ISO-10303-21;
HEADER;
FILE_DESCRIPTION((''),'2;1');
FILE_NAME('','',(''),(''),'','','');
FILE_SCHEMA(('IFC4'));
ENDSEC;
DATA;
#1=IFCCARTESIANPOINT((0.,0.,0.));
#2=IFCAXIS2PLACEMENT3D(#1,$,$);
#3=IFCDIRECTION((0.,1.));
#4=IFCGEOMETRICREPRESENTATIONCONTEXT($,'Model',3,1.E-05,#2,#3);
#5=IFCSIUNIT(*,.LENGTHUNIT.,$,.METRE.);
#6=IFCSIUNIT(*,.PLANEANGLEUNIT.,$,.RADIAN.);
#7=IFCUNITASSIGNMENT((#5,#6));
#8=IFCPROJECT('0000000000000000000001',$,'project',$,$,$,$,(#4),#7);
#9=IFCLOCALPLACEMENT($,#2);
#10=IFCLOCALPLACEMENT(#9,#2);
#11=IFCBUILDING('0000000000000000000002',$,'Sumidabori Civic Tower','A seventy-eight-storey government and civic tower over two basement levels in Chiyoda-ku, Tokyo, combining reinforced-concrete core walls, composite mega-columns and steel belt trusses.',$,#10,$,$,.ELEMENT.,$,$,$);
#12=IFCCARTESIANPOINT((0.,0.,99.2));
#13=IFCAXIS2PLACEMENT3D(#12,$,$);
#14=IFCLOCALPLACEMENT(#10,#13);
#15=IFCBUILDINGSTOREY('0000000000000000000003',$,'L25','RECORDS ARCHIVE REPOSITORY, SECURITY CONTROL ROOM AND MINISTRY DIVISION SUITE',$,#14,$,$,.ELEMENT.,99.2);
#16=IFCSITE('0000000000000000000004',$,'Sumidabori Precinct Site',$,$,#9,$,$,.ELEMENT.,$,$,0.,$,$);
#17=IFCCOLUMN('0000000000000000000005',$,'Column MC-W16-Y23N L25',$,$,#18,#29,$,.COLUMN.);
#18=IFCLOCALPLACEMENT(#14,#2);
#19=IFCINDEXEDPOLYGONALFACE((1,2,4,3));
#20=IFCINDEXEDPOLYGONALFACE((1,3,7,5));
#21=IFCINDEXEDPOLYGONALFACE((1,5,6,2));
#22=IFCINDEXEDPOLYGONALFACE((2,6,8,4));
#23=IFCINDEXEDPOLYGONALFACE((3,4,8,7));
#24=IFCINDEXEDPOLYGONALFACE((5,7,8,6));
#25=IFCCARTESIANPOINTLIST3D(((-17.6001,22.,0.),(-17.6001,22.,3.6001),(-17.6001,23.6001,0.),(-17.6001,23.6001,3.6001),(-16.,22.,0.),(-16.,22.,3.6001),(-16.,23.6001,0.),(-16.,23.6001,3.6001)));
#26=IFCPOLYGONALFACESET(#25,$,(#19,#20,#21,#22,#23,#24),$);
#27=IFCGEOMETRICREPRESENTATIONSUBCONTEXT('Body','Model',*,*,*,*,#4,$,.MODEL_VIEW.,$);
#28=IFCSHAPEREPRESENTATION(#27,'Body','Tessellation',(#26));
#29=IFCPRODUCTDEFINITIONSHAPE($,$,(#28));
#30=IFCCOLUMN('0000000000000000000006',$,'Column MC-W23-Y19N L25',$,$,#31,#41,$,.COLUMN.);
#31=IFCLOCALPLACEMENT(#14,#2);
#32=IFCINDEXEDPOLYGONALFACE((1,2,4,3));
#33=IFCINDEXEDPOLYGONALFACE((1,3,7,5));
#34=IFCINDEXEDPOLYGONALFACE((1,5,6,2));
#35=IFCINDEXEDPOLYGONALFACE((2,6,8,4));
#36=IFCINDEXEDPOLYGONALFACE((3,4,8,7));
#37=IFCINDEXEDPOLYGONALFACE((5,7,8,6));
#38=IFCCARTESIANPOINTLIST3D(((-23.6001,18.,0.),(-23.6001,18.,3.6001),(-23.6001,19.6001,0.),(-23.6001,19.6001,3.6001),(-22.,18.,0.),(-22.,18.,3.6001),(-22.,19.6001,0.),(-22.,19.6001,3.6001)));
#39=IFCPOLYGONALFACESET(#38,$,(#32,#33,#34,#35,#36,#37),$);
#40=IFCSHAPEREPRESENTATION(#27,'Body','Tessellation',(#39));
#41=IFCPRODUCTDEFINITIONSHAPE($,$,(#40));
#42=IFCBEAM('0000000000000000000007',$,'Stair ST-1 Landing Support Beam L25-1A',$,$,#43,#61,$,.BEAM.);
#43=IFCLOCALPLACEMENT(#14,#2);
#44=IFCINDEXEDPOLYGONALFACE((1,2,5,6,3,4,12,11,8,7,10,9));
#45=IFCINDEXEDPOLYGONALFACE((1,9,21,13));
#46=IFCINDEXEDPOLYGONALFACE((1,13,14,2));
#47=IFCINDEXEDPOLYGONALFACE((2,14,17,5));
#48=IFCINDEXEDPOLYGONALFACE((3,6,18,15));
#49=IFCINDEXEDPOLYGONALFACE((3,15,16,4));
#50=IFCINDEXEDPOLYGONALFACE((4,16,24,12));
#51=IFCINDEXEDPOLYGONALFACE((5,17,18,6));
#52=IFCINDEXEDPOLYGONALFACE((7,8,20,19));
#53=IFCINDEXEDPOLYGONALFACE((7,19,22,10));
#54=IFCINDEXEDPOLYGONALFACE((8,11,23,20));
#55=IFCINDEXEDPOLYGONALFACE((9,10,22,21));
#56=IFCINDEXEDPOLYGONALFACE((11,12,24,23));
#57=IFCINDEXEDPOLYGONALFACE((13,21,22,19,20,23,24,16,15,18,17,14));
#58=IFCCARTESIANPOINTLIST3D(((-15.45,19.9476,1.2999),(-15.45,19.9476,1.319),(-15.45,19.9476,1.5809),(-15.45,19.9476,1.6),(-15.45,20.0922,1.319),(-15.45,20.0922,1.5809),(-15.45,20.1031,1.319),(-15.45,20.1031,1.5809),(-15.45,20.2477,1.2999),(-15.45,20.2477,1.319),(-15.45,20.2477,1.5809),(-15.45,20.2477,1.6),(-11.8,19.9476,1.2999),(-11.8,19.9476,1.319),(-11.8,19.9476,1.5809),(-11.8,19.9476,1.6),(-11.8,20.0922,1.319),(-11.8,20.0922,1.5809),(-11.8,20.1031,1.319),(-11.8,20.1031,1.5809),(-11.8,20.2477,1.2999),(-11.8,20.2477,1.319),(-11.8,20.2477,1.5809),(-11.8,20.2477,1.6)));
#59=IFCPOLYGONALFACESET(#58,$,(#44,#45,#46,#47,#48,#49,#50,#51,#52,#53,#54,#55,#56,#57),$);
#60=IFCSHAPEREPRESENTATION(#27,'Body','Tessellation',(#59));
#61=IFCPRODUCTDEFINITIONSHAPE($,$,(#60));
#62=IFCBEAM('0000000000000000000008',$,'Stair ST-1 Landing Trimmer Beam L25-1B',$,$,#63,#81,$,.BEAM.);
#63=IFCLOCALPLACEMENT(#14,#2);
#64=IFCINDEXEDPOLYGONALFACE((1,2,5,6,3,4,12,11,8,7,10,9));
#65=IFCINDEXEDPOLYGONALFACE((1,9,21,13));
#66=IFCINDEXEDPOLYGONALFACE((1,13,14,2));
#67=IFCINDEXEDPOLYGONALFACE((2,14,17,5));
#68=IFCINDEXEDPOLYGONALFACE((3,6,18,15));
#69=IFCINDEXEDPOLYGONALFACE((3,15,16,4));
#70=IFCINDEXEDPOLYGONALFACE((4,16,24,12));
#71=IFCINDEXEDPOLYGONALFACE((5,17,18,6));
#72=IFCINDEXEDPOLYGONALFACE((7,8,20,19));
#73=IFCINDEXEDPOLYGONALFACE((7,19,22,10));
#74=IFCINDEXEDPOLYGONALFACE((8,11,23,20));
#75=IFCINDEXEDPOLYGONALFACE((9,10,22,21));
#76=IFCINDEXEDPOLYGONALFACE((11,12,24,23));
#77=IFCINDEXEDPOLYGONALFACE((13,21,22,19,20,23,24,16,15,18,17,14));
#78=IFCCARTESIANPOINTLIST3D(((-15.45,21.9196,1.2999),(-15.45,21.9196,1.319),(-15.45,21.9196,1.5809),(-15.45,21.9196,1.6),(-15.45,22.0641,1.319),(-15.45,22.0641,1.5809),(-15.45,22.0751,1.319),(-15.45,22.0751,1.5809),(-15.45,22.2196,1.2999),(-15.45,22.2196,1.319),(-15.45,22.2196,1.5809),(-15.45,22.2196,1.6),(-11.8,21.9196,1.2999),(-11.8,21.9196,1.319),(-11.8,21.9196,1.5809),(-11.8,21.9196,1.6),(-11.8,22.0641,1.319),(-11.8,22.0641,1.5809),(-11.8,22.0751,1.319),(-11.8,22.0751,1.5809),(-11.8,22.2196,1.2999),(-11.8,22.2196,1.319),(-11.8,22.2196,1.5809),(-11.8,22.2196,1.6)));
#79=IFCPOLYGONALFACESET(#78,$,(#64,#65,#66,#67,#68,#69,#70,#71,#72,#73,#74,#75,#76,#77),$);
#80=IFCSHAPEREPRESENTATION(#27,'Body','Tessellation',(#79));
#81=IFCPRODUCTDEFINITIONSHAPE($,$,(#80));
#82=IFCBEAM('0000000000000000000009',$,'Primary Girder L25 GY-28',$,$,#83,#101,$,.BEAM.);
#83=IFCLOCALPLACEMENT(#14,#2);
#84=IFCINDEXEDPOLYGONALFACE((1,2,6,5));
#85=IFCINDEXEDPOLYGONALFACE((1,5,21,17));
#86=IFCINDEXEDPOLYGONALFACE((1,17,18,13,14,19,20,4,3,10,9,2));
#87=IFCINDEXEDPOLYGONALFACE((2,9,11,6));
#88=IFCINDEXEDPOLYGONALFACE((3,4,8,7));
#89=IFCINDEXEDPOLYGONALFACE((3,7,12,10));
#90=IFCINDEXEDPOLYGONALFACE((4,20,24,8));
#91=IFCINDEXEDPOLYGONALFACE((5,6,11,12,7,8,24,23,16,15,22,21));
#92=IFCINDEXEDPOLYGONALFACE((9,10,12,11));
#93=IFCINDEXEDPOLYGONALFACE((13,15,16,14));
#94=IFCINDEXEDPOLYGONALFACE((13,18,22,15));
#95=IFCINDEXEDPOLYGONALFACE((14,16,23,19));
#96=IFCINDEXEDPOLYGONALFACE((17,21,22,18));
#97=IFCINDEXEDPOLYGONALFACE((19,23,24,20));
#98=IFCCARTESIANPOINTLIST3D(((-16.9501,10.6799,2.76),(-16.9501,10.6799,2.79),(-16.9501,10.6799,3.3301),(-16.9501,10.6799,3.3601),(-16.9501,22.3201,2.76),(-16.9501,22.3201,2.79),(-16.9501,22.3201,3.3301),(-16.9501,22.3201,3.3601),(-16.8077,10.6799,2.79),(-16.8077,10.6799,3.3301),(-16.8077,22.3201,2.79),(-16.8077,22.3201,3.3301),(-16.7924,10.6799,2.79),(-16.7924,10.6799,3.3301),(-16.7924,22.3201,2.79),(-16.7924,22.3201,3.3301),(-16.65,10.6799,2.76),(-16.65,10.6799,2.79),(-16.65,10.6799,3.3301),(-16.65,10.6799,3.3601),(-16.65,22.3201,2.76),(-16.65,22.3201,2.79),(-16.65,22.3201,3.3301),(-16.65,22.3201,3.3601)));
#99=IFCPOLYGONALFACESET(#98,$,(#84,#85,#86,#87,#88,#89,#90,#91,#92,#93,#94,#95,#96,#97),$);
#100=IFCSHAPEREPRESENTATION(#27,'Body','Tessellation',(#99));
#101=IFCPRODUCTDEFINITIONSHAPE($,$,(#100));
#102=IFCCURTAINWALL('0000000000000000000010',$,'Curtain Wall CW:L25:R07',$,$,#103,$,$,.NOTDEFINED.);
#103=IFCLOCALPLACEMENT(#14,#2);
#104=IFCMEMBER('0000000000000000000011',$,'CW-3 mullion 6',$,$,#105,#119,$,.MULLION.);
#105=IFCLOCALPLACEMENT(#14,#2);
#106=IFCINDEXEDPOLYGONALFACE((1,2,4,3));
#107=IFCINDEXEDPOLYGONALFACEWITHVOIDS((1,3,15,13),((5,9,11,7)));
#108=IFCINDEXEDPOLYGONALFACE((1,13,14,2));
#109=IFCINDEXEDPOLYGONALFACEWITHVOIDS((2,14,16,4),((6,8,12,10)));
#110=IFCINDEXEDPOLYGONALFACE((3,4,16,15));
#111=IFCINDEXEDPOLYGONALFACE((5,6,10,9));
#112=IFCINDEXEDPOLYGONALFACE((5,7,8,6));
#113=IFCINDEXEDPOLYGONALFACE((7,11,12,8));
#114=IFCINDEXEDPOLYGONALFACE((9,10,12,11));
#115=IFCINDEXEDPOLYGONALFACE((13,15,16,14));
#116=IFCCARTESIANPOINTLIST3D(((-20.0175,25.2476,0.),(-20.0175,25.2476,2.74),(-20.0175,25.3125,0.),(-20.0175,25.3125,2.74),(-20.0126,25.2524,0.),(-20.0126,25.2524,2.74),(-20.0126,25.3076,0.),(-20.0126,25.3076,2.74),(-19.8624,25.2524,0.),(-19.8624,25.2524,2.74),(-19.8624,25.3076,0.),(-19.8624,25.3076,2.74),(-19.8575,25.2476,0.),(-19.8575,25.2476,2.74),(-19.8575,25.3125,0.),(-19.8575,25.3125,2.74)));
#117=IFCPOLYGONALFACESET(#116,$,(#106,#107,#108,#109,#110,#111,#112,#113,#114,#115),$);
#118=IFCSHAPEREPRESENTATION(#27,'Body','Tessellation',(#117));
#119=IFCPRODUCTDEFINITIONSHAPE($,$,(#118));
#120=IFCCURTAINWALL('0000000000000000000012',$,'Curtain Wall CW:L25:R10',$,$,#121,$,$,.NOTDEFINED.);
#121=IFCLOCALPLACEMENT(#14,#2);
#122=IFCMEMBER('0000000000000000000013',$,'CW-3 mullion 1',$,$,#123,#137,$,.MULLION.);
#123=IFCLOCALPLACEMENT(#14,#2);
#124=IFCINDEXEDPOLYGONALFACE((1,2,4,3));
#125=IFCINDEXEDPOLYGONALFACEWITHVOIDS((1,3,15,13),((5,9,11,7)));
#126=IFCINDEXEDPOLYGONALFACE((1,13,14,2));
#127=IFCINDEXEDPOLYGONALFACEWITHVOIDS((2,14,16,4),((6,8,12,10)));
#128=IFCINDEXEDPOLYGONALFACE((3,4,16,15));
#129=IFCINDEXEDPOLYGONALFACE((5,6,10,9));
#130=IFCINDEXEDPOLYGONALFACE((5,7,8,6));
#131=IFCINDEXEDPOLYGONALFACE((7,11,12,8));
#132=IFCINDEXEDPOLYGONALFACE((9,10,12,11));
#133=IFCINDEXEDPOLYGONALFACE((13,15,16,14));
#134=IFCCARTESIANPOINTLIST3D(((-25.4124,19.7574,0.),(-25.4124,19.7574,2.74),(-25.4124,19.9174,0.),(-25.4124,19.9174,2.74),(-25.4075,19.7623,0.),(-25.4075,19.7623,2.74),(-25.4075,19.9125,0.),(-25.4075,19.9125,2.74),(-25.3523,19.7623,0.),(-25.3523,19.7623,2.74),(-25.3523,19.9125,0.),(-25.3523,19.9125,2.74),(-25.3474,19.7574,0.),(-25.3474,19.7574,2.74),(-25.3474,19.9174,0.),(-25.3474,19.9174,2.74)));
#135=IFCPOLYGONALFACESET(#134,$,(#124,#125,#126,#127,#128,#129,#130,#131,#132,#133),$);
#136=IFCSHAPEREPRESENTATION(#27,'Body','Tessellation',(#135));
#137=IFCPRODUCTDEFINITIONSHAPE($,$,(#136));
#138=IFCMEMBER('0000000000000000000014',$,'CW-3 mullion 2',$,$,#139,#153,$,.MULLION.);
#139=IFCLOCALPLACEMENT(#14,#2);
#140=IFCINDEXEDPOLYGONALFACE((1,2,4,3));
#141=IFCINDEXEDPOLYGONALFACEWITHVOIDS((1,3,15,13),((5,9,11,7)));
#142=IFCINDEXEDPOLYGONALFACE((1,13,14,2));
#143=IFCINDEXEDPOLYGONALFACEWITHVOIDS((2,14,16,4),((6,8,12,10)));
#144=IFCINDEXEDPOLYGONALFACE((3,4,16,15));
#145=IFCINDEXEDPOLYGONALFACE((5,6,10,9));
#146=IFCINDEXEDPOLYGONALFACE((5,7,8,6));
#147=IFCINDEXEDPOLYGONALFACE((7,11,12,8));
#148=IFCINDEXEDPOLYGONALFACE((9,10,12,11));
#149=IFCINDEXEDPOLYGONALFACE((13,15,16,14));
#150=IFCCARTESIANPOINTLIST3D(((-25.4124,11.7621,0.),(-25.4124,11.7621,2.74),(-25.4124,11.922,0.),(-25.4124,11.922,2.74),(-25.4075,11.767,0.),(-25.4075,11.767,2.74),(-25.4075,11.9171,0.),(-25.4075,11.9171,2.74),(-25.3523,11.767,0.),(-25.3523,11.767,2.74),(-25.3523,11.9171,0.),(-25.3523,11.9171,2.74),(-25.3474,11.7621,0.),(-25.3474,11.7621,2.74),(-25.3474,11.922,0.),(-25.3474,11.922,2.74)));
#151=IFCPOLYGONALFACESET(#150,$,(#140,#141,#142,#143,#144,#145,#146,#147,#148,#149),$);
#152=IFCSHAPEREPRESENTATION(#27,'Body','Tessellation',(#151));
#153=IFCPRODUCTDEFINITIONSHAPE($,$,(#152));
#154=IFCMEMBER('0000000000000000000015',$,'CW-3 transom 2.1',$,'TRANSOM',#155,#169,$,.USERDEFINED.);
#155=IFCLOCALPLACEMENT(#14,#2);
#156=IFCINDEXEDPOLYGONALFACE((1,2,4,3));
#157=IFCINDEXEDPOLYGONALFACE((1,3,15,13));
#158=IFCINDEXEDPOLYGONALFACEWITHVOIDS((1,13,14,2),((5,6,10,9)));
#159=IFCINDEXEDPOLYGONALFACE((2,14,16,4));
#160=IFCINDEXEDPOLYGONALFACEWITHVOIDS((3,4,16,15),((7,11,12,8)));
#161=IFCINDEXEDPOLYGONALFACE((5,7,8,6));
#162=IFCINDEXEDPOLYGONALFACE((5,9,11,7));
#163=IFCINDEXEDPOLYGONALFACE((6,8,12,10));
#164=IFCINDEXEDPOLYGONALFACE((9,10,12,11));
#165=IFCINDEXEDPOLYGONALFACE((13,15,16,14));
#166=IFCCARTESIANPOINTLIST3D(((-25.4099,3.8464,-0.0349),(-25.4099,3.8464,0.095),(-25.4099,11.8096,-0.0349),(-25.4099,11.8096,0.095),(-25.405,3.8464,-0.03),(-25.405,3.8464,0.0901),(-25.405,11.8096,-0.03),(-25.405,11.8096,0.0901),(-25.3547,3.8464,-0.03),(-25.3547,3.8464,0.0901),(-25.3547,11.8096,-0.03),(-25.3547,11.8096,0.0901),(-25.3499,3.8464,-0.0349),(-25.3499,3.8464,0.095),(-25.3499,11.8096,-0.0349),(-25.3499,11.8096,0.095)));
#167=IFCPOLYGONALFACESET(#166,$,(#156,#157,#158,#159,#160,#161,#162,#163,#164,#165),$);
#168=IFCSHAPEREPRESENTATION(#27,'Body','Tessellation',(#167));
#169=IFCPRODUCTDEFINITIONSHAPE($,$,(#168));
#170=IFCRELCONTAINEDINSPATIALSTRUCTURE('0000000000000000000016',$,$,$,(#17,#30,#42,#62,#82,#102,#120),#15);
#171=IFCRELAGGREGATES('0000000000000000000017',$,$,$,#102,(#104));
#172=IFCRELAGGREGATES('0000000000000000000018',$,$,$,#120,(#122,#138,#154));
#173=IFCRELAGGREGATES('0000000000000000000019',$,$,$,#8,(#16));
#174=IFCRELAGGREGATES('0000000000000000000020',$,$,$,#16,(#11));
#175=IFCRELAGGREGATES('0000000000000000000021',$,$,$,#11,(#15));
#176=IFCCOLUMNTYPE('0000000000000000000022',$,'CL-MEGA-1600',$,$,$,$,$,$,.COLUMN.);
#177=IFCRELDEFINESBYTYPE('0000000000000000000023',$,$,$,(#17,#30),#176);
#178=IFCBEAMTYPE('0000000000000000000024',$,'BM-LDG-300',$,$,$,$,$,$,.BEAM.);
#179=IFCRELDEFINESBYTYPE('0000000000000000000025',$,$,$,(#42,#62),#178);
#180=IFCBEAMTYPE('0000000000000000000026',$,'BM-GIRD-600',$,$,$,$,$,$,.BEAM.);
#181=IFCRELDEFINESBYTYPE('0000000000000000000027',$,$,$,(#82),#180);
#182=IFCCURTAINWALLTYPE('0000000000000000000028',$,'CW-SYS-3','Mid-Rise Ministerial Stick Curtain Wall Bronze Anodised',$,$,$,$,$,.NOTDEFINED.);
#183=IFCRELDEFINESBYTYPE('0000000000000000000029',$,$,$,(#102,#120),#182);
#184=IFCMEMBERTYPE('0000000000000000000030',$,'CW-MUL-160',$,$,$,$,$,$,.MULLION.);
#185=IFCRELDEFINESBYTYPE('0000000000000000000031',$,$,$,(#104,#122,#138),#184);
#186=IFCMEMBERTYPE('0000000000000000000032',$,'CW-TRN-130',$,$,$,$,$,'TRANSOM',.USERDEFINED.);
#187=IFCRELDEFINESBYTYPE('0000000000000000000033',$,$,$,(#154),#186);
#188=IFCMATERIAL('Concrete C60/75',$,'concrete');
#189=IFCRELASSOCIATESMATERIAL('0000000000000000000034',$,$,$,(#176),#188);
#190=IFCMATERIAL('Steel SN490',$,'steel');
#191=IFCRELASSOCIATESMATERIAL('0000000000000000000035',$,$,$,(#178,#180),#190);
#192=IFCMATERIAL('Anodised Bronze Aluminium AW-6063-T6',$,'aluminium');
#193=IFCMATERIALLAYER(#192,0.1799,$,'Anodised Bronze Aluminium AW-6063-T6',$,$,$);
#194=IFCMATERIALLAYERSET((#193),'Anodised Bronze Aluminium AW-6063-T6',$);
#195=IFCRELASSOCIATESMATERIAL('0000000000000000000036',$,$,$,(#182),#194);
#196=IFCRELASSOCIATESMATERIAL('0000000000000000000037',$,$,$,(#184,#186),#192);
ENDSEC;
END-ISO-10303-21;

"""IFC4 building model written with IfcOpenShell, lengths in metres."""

from ifc_helpers import new_model, si_unit, direction, frame, origin, origin_2d, place, context, subcontext, project, spatial, rectangle, hollow_rectangle, i_section, extrude, source, transform, mapped, material, layer, layer_set, material_profile, profile_set, type_object, element, aggregate, save


model = new_model("IFC4")

# Units and contexts
model_context = context("Model", 3, precision=1e-05, world=origin(), true_north=direction((0.0, 1.0)))
body_context = subcontext(model_context, "Body", "Model", "MODEL_VIEW")
ifc_project = project(units=[si_unit("LENGTHUNIT", "METRE"), si_unit("PLANEANGLEUNIT", "RADIAN")], contexts=[model_context])

# Site, building, storey
site_placement = place(None, origin())
site = spatial("IfcSite", under=ifc_project, at=site_placement, Name="Sumidabori Precinct Site", CompositionType="ELEMENT", RefElevation=0.0)
building_placement = place(site_placement, origin())
building = spatial("IfcBuilding", under=site, at=building_placement, Name="Sumidabori Civic Tower", Description="A seventy-eight-storey government and civic tower over two basement levels in Chiyoda-ku, Tokyo, combining reinforced-concrete core walls, composite mega-columns and steel belt trusses.", CompositionType="ELEMENT")
storey_placement = place(building_placement, frame((0.0, 0.0, 99.2)))
storey = spatial("IfcBuildingStorey", under=building, at=storey_placement, Name="L25", Description="RECORDS ARCHIVE REPOSITORY, SECURITY CONTROL ROOM AND MINISTRY DIVISION SUITE", CompositionType="ELEMENT", Elevation=99.2)

# Columns
ifc_material_1 = material(Name="Concrete C60/75", Category="concrete")
ifc_material_profile_1 = material_profile(ifc_material_1, rectangle(XDim=1.6001, YDim=1.6001, at=origin_2d()), Name="RC 1600x1600")
ifc_profile_set_1 = profile_set([ifc_material_profile_1], Name="Concrete C60/75")
column_type = type_object("IfcColumnType", Name="CL-MEGA-1600", PredefinedType="COLUMN", material=ifc_profile_set_1)
shared_shape_1 = source(origin(), body_context, "Body", "SweptSolid", [
    extrude(rectangle(XDim=1.6001, YDim=1.6001, at=origin_2d()), origin(), (0.0, 0.0, 1.0), 3.6001),
])
for number, where, z_axis, x_axis, name in (
    (1, (-16.8, 22.8, 0.0), (0.0, 0.0, 1.0), (1.0, 0.0, 0.0), "Column MC-W16-Y23N L25"),
    (2, (-22.8, 18.8, 0.0), (0.0, 0.0, 1.0), (1.0, 0.0, 0.0), "Column MC-W23-Y19N L25"),
):
    element("IfcColumn", number, at=place(storey_placement, frame(where, z_axis=z_axis, x_axis=x_axis)), inside=storey, type_object=column_type, Name=name, PredefinedType="COLUMN", context=body_context, shape_type="MappedRepresentation", body=[
        mapped(shared_shape_1, transform((0.0, 0.0, 0.0), x_axis=(1.0, 0.0, 0.0), y_axis=(0.0, 1.0, 0.0), z_axis=(0.0, 0.0, 1.0), scale=1.0)),
    ])

# Beams
ifc_material_2 = material(Name="Steel SN490", Category="steel")
ifc_material_profile_2 = material_profile(ifc_material_2, i_section(OverallWidth=0.3, OverallDepth=0.3, WebThickness=0.011, FlangeThickness=0.019, at=origin_2d()), Name="HE 300 B")
ifc_profile_set_2 = profile_set([ifc_material_profile_2], Name="Steel SN490")
beam_type_1 = type_object("IfcBeamType", Name="BM-LDG-300", PredefinedType="BEAM", material=ifc_profile_set_2)
shared_shape_2 = source(origin(), body_context, "Body", "SweptSolid", [
    extrude(i_section(OverallWidth=0.3, OverallDepth=0.3, WebThickness=0.011, FlangeThickness=0.019, at=origin_2d()), origin(), (0.0, 0.0, 1.0), 3.6499),
])
for number, where, z_axis, x_axis, name in (
    (3, (-15.45, 20.0977, 1.45), (1.0, 0.0, 0.0), (0.0, 1.0, 0.0), "Stair ST-1 Landing Support Beam L25-1A"),
    (4, (-15.45, 22.0696, 1.45), (1.0, 0.0, 0.0), (0.0, 1.0, 0.0), "Stair ST-1 Landing Trimmer Beam L25-1B"),
):
    element("IfcBeam", number, at=place(storey_placement, frame(where, z_axis=z_axis, x_axis=x_axis)), inside=storey, type_object=beam_type_1, Name=name, PredefinedType="BEAM", context=body_context, shape_type="MappedRepresentation", body=[
        mapped(shared_shape_2, transform((0.0, 0.0, 0.0), x_axis=(1.0, 0.0, 0.0), y_axis=(0.0, 1.0, 0.0), z_axis=(0.0, 0.0, 1.0), scale=1.0)),
    ])
ifc_material_profile_3 = material_profile(ifc_material_2, i_section(OverallWidth=0.3, OverallDepth=0.6001, WebThickness=0.0154, FlangeThickness=0.03, at=origin_2d()), Name="HE 600 B")
ifc_profile_set_3 = profile_set([ifc_material_profile_3], Name="Steel SN490")
beam_type_2 = type_object("IfcBeamType", Name="BM-GIRD-600", PredefinedType="BEAM", material=ifc_profile_set_3)
shared_shape_3 = source(origin(), body_context, "Body", "SweptSolid", [
    extrude(i_section(OverallWidth=0.3, OverallDepth=0.6001, WebThickness=0.0154, FlangeThickness=0.03, at=origin_2d()), origin(), (0.0, 0.0, 1.0), 11.6401),
])
beam_placement = place(storey_placement, frame((-16.8, 10.6799, 3.0601), z_axis=(0.0, 1.0, 0.0), x_axis=(-1.0, 0.0, 0.0)))
element("IfcBeam", 5, at=beam_placement, inside=storey, type_object=beam_type_2, Name="Primary Girder L25 GY-28", PredefinedType="BEAM", context=body_context, shape_type="MappedRepresentation", body=[
    mapped(shared_shape_3, transform((0.0, 0.0, 0.0), x_axis=(1.0, 0.0, 0.0), y_axis=(0.0, 1.0, 0.0), z_axis=(0.0, 0.0, 1.0), scale=1.0)),
])

# Curtain wall, member
ifc_material_3 = material(Name="Anodised Bronze Aluminium AW-6063-T6", Category="aluminium")
ifc_layer_1 = layer(ifc_material_3, 0.1799, Name="Anodised Bronze Aluminium AW-6063-T6")
ifc_layer_set_1 = layer_set([ifc_layer_1], Name="Anodised Bronze Aluminium AW-6063-T6")
curtain_wall_type = type_object("IfcCurtainWallType", Name="CW-SYS-3", Description="Mid-Rise Ministerial Stick Curtain Wall Bronze Anodised", PredefinedType="NOTDEFINED", material=ifc_layer_set_1)
curtain_wall_1_placement = place(storey_placement, origin())
curtain_wall_1 = element("IfcCurtainWall", 6, at=curtain_wall_1_placement, inside=storey, type_object=curtain_wall_type, Name="Curtain Wall CW:L25:R07", PredefinedType="NOTDEFINED")
ifc_material_profile_4 = material_profile(ifc_material_3, hollow_rectangle(XDim=0.0649, YDim=0.1599, WallThickness=0.0049, at=origin_2d()), Name="ALU MULLION 160x65")
ifc_profile_set_4 = profile_set([ifc_material_profile_4], Name="Anodised Bronze Aluminium AW-6063-T6")
member_type_1 = type_object("IfcMemberType", Name="CW-MUL-160", PredefinedType="MULLION", material=ifc_profile_set_4)
shared_shape_4 = source(origin(), body_context, "Body", "SweptSolid", [
    extrude(hollow_rectangle(XDim=0.0649, YDim=0.1599, WallThickness=0.0049, at=origin_2d()), origin(), (0.0, 0.0, 1.0), 2.74),
])
member_1_placement = place(storey_placement, frame((-19.9375, 25.28, 0.0), z_axis=(0.0, 0.0, 1.0), x_axis=(0.0, -1.0, 0.0)))
member_1 = element("IfcMember", 7, at=member_1_placement, type_object=member_type_1, Name="CW-3 mullion 6", PredefinedType="MULLION", context=body_context, shape_type="MappedRepresentation", body=[
    mapped(shared_shape_4, transform((0.0, 0.0, 0.0), x_axis=(1.0, 0.0, 0.0), y_axis=(0.0, 1.0, 0.0), z_axis=(0.0, 0.0, 1.0), scale=1.0)),
])

# Curtain wall, members
curtain_wall_2_placement = place(storey_placement, origin())
curtain_wall_2 = element("IfcCurtainWall", 8, at=curtain_wall_2_placement, inside=storey, type_object=curtain_wall_type, Name="Curtain Wall CW:L25:R10", PredefinedType="NOTDEFINED")
member_2_placement = place(storey_placement, frame((-25.3799, 19.8374, 0.0), z_axis=(0.0, 0.0, 1.0), x_axis=(1.0, 0.0, 0.0)))
member_2 = element("IfcMember", 9, at=member_2_placement, type_object=member_type_1, Name="CW-3 mullion 1", PredefinedType="MULLION", context=body_context, shape_type="MappedRepresentation", body=[
    mapped(shared_shape_4, transform((0.0, 0.0, 0.0), x_axis=(1.0, 0.0, 0.0), y_axis=(0.0, 1.0, 0.0), z_axis=(0.0, 0.0, 1.0), scale=1.0)),
])
member_3_placement = place(storey_placement, frame((-25.3799, 11.842, 0.0), z_axis=(0.0, 0.0, 1.0), x_axis=(1.0, 0.0, 0.0)))
member_3 = element("IfcMember", 10, at=member_3_placement, type_object=member_type_1, Name="CW-3 mullion 2", PredefinedType="MULLION", context=body_context, shape_type="MappedRepresentation", body=[
    mapped(shared_shape_4, transform((0.0, 0.0, 0.0), x_axis=(1.0, 0.0, 0.0), y_axis=(0.0, 1.0, 0.0), z_axis=(0.0, 0.0, 1.0), scale=1.0)),
])
ifc_material_profile_5 = material_profile(ifc_material_3, hollow_rectangle(XDim=0.0601, YDim=0.1299, WallThickness=0.0049, at=origin_2d()), Name="ALU TRANSOM 130x60")
ifc_profile_set_5 = profile_set([ifc_material_profile_5], Name="Anodised Bronze Aluminium AW-6063-T6")
member_type_2 = type_object("IfcMemberType", Name="CW-TRN-130", ElementType="TRANSOM", PredefinedType="USERDEFINED", material=ifc_profile_set_5)
shared_shape_5 = source(origin(), body_context, "Body", "SweptSolid", [
    extrude(hollow_rectangle(XDim=0.0601, YDim=0.1299, WallThickness=0.0049, at=origin_2d()), origin(), (0.0, 0.0, 1.0), 7.9631),
])
member_4_placement = place(storey_placement, frame((-25.3799, 11.8096, 0.03), z_axis=(0.0, -1.0, 0.0), x_axis=(1.0, 0.0, 0.0)))
member_4 = element("IfcMember", 11, at=member_4_placement, type_object=member_type_2, Name="CW-3 transom 2.1", ObjectType="TRANSOM", PredefinedType="USERDEFINED", context=body_context, shape_type="MappedRepresentation", body=[
    mapped(shared_shape_5, transform((0.0, 0.0, 0.0), x_axis=(1.0, 0.0, 0.0), y_axis=(0.0, 1.0, 0.0), z_axis=(0.0, 0.0, 1.0), scale=1.0)),
])

aggregate(curtain_wall_1, [member_1])
aggregate(curtain_wall_2, [member_2, member_3, member_4])

save(model, "model.ifc")
